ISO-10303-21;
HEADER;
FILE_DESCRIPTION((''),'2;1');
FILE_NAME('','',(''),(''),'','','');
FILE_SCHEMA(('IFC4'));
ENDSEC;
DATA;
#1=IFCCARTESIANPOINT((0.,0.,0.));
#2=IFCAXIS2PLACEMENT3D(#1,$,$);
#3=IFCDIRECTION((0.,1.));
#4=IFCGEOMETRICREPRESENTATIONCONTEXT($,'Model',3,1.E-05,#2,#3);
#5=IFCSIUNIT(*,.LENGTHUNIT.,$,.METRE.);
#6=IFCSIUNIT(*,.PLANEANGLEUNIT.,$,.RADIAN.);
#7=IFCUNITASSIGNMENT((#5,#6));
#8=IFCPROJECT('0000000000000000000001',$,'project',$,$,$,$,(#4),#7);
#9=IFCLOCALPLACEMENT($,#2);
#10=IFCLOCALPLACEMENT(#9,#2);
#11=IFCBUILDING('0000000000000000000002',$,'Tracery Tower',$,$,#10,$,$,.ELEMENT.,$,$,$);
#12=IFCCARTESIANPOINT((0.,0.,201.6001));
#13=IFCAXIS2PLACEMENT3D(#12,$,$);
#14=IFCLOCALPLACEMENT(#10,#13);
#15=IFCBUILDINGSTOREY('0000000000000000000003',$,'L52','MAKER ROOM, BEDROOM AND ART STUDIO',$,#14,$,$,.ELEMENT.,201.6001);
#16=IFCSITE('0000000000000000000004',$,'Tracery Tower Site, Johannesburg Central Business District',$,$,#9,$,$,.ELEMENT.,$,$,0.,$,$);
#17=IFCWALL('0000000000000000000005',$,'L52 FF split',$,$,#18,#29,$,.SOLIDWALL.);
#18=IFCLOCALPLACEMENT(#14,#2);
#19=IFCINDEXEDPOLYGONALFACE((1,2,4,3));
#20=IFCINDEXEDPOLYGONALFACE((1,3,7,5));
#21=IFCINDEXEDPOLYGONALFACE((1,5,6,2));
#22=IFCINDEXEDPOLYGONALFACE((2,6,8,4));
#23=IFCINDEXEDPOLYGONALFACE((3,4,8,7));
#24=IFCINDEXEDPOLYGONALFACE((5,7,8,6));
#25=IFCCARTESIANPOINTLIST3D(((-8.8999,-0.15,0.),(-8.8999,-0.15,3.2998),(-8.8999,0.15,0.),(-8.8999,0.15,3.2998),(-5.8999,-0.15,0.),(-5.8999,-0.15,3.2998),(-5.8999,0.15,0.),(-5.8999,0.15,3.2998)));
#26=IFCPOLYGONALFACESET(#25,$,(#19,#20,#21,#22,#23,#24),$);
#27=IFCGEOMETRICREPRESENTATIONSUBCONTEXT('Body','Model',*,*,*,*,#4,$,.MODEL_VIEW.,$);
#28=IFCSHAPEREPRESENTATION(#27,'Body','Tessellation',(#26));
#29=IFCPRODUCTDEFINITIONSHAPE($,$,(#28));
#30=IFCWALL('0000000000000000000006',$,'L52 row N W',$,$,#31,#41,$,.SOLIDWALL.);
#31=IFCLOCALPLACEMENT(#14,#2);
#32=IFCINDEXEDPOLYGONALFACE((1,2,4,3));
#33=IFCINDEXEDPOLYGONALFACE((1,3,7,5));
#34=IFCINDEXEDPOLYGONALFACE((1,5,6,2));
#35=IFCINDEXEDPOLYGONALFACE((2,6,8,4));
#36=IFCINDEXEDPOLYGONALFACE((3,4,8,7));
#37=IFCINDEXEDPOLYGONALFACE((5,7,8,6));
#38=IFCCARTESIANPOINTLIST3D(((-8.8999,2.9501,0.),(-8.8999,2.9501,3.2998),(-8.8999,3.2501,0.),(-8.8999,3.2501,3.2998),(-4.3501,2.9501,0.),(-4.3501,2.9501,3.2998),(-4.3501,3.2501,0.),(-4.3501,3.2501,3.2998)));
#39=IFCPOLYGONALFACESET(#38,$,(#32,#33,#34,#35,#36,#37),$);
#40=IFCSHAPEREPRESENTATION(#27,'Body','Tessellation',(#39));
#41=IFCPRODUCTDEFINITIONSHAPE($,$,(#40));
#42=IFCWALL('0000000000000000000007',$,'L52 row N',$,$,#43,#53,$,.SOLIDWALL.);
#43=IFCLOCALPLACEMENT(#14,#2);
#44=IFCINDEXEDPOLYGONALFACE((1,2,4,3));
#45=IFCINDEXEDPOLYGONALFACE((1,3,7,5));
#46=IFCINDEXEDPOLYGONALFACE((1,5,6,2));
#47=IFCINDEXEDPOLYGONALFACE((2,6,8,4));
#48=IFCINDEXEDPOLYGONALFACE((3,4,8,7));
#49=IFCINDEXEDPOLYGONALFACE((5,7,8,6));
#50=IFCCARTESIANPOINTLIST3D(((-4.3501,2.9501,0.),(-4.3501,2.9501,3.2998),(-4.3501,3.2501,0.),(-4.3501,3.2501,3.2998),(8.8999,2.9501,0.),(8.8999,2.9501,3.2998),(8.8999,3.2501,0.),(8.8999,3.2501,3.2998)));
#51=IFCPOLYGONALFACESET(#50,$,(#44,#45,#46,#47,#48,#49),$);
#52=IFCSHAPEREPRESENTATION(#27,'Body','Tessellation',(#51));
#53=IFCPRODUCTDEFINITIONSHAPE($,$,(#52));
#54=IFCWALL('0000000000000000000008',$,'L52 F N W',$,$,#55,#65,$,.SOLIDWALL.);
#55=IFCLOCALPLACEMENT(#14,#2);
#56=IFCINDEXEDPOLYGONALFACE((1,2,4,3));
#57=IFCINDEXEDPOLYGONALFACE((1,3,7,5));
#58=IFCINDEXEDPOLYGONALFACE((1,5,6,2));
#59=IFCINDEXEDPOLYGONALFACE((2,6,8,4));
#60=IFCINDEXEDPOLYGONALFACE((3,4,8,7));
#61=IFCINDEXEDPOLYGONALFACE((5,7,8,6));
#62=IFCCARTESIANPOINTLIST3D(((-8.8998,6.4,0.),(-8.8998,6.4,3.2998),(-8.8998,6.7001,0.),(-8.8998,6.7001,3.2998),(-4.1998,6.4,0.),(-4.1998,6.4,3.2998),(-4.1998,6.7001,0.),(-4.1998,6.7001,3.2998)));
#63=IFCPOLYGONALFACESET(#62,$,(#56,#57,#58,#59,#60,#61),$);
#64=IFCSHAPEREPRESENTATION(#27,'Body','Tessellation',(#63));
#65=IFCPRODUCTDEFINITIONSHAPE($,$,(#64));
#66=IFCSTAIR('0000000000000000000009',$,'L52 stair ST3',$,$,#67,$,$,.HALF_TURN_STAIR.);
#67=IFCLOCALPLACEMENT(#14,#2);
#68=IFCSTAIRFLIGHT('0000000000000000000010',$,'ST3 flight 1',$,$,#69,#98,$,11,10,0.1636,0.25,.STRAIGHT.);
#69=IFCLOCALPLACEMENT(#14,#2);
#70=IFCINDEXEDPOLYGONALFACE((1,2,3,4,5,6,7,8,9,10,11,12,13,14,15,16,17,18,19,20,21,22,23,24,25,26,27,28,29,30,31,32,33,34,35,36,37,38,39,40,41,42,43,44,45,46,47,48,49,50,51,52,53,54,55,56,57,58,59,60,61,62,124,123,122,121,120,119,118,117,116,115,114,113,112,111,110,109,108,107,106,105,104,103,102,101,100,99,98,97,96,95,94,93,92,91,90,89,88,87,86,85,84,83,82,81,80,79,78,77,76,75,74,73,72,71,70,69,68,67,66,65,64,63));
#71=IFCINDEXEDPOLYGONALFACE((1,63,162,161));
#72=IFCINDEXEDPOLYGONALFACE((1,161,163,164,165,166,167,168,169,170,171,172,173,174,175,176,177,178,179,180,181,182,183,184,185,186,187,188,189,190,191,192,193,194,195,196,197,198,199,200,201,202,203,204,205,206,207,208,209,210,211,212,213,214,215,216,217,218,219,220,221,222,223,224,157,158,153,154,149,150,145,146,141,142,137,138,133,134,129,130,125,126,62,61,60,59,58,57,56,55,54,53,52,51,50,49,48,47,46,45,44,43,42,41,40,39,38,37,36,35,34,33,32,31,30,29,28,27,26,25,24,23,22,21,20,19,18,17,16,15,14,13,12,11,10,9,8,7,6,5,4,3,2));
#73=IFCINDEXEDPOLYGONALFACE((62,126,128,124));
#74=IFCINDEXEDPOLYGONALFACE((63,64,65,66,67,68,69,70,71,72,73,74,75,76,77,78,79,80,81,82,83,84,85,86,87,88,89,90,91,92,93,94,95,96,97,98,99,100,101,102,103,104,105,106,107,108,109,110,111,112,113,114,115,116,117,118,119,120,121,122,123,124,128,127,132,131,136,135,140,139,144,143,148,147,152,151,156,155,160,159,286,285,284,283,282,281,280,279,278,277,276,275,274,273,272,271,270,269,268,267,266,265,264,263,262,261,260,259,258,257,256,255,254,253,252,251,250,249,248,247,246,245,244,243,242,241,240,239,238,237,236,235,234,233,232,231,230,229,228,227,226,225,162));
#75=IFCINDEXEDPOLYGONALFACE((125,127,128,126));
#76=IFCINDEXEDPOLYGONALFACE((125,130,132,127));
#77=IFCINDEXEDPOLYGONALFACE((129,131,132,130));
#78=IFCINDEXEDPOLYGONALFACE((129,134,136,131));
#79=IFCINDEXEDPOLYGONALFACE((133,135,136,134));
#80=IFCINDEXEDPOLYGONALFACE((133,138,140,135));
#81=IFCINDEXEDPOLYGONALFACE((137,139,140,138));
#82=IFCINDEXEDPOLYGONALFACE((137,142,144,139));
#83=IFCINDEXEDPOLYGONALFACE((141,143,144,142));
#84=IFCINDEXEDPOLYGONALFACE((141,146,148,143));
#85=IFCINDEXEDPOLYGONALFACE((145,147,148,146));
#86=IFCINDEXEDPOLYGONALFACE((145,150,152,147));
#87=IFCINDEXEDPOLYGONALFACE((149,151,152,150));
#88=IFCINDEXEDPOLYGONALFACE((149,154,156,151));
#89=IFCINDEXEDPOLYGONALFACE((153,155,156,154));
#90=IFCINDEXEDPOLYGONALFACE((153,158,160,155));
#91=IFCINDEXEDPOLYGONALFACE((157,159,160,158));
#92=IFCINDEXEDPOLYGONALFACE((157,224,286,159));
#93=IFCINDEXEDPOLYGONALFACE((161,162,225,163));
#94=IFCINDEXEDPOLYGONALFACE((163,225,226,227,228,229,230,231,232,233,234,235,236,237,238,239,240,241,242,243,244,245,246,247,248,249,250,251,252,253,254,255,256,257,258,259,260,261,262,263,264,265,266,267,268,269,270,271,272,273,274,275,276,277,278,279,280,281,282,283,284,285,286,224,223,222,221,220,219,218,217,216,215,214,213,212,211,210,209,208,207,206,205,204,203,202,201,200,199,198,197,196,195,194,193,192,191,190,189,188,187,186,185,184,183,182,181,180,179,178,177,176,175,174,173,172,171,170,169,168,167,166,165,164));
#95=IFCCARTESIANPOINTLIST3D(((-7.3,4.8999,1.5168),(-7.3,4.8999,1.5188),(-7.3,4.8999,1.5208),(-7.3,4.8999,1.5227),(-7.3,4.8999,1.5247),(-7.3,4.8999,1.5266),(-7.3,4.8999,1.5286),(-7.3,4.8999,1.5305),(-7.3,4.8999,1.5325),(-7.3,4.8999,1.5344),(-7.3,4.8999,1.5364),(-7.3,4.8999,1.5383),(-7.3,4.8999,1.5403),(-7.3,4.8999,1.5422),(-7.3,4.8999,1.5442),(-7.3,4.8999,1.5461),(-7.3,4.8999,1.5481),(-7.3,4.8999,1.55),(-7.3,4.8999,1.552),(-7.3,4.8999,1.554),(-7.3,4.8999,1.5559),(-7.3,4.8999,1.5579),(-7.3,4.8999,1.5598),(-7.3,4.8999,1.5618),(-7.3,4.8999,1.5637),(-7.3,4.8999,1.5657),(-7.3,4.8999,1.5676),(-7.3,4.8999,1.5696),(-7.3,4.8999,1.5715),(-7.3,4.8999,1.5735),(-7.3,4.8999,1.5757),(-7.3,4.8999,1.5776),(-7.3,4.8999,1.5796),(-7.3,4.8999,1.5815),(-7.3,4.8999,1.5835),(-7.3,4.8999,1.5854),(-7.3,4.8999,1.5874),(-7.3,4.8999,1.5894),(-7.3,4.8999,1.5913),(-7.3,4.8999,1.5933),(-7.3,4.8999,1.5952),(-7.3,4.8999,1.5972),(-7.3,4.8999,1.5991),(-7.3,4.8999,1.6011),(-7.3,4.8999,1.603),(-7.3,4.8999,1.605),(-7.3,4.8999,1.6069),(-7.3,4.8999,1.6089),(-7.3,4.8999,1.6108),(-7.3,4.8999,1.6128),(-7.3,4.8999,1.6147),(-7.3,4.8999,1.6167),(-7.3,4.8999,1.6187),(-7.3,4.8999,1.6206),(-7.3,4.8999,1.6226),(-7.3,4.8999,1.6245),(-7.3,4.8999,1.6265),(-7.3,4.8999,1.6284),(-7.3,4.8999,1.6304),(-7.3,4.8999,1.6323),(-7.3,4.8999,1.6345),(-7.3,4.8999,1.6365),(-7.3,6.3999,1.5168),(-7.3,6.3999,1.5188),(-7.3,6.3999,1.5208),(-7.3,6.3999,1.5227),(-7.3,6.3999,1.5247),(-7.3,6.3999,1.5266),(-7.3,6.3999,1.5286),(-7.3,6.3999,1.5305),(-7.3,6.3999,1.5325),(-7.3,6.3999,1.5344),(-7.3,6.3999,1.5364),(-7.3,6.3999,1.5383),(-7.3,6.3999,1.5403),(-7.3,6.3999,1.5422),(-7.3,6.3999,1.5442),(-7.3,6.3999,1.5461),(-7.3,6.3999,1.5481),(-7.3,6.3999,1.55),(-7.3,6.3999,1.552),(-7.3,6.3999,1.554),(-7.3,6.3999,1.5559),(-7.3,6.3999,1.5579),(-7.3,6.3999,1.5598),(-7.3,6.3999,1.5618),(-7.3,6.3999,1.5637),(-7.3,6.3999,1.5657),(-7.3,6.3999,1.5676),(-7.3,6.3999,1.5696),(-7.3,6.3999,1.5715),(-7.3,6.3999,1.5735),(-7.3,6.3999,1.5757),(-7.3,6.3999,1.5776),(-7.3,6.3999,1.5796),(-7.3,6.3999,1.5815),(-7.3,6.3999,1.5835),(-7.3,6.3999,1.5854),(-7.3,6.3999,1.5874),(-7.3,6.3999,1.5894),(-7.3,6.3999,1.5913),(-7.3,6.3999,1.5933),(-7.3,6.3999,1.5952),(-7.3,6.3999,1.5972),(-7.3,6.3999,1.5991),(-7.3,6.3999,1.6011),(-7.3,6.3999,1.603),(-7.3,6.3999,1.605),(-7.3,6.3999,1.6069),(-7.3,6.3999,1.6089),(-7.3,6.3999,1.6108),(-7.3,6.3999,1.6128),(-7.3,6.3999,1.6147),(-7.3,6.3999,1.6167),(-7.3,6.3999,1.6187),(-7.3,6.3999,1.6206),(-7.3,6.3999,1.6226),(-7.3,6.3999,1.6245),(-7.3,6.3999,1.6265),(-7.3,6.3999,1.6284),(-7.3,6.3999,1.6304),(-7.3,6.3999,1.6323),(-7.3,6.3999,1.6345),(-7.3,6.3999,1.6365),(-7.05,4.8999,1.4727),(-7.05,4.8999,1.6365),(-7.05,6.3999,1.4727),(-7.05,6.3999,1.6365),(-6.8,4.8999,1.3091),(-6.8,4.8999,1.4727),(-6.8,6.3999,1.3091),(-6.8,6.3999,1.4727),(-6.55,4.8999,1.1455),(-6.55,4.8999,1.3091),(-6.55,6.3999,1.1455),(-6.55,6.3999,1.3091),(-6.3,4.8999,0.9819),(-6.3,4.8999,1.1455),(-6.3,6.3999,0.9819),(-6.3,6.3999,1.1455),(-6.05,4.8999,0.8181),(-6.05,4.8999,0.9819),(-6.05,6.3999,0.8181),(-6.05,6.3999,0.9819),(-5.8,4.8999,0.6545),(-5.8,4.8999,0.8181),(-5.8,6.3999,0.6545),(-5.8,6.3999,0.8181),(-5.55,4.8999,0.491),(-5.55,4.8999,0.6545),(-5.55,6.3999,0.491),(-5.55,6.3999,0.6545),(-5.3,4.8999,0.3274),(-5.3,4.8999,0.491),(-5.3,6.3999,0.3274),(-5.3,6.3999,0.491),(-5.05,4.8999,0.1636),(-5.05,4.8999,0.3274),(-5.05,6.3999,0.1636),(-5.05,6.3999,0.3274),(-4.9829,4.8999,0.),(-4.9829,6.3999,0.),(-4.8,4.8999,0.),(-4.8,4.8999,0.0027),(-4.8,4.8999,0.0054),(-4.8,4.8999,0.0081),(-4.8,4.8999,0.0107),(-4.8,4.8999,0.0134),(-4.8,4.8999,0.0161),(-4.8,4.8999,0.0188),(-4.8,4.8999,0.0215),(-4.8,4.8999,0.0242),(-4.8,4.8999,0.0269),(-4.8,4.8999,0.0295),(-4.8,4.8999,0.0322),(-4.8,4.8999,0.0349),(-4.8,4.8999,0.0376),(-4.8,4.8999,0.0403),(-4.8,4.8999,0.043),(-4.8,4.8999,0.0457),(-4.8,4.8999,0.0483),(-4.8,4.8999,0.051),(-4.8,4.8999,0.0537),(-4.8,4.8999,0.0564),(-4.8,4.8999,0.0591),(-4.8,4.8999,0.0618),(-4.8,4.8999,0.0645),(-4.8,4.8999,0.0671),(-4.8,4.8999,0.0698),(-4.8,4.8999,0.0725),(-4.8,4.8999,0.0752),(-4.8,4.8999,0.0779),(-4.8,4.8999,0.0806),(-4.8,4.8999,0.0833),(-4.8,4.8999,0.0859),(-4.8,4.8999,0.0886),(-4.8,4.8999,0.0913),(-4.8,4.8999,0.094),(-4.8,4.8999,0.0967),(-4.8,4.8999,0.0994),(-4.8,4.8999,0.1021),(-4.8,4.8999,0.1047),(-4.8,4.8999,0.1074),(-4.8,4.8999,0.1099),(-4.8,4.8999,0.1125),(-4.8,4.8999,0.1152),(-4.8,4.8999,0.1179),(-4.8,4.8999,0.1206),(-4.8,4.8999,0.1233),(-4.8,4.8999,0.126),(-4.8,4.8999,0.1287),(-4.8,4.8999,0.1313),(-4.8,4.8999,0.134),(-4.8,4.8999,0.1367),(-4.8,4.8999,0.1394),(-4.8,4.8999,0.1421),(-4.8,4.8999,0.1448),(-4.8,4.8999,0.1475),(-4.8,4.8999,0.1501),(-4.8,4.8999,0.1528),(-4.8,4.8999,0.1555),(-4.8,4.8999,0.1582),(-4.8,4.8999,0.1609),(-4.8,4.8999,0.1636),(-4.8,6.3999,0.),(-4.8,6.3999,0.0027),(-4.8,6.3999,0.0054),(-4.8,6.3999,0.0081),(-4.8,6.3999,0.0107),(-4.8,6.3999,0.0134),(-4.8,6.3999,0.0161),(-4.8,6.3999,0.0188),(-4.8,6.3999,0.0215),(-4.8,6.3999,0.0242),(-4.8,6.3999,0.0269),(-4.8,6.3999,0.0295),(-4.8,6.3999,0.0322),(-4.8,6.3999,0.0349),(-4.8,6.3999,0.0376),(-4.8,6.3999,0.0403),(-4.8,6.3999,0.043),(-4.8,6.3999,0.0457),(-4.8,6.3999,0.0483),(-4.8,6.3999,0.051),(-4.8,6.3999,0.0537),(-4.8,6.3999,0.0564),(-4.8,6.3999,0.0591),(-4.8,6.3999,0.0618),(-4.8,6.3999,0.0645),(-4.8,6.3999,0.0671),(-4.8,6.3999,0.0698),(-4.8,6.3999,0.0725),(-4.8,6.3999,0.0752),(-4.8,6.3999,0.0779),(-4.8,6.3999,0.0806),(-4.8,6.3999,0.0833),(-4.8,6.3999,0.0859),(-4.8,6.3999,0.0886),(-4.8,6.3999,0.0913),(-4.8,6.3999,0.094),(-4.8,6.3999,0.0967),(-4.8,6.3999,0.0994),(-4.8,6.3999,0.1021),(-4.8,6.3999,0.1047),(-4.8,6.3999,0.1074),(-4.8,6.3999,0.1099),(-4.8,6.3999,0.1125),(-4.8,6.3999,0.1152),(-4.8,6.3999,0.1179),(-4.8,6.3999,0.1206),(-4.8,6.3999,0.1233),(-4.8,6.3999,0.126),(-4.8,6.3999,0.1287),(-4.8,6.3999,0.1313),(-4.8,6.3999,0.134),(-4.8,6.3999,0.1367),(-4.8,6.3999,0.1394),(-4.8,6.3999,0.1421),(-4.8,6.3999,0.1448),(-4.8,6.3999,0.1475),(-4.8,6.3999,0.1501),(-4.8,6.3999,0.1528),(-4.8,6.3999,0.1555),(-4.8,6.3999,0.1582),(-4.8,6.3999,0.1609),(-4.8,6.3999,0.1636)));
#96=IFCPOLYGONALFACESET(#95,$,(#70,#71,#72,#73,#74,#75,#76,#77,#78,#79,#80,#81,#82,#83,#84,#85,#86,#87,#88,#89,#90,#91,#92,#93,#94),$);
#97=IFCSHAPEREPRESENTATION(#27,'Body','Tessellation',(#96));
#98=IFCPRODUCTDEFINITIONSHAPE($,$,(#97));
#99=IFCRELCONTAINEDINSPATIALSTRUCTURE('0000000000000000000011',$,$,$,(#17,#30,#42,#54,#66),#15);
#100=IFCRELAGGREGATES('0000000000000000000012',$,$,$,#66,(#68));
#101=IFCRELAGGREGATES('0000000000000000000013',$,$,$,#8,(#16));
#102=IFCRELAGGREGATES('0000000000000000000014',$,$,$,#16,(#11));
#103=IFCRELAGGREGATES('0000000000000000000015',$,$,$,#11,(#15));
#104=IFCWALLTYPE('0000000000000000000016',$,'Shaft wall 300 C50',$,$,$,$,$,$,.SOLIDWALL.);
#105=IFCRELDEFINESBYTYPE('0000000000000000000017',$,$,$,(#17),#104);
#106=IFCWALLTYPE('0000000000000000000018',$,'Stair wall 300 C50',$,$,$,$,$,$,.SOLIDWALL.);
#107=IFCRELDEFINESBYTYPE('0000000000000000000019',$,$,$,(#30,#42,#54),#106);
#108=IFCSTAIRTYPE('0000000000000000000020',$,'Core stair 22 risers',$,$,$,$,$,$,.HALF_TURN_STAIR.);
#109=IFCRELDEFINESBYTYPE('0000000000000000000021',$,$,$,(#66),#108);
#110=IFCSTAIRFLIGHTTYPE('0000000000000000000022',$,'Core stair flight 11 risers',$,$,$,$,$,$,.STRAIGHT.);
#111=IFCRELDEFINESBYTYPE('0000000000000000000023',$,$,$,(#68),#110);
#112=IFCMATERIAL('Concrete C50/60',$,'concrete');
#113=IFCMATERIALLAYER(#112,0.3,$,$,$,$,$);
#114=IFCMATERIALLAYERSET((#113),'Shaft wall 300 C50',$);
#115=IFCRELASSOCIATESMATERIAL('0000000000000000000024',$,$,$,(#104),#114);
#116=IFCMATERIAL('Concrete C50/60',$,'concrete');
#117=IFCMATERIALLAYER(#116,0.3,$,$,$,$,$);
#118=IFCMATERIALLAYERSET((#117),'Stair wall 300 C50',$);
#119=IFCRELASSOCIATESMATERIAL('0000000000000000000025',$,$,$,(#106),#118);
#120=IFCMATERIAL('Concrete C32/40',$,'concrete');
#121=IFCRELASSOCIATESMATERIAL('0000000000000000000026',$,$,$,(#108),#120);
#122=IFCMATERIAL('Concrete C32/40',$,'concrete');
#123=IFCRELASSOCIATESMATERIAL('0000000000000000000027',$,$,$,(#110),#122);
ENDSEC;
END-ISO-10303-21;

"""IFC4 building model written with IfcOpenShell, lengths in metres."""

from ifc_helpers import new_model, si_unit, direction, frame, frame_2d, origin, place, context, subcontext, project, spatial, polyline, rectangle, outline, extrude, material, layer, layer_set, type_object, element, aggregate, save


model = new_model("IFC4")

# Units and contexts
model_context = context("Model", 3, precision=1e-05, world=origin(), true_north=direction((0.0, 1.0)))
body_context = subcontext(model_context, "Body", "Model", "MODEL_VIEW")
ifc_project = project(units=[si_unit("LENGTHUNIT", "METRE"), si_unit("PLANEANGLEUNIT", "RADIAN")], contexts=[model_context])

# Site, building, storey
site_placement = place(None, origin())
site = spatial("IfcSite", under=ifc_project, at=site_placement, Name="Tracery Tower Site, Johannesburg Central Business District", CompositionType="ELEMENT", RefElevation=0.0)
building_placement = place(site_placement, origin())
building = spatial("IfcBuilding", under=site, at=building_placement, Name="Tracery Tower", CompositionType="ELEMENT")
storey_placement = place(building_placement, frame((0.0, 0.0, 201.6001)))
storey = spatial("IfcBuildingStorey", under=building, at=storey_placement, Name="L52", Description="MAKER ROOM, BEDROOM AND ART STUDIO", CompositionType="ELEMENT", Elevation=201.6001)

# Wall
ifc_material_1 = material(Name="Concrete C50/60", Category="concrete")
ifc_layer_1 = layer(ifc_material_1, 0.3)
ifc_layer_set_1 = layer_set([ifc_layer_1], Name="Shaft wall 300 C50")
wall_type_1 = type_object("IfcWallType", Name="Shaft wall 300 C50", PredefinedType="SOLIDWALL", material=ifc_layer_set_1)
wall_1_placement = place(storey_placement, frame((-8.8999, 0.0, 0.0), z_axis=(0.0, 0.0, 1.0), x_axis=(1.0, 0.0, 0.0)))
element("IfcWall", 1, at=wall_1_placement, inside=storey, type_object=wall_type_1, Name="L52 FF split", PredefinedType="SOLIDWALL", context=body_context, shape_type="SweptSolid", body=[
    extrude(rectangle(XDim=3.0, YDim=0.3, at=frame_2d((1.5, 0.0))), origin(), (0.0, 0.0, 1.0), 3.2998),
])

# Walls
ifc_material_2 = material(Name="Concrete C50/60", Category="concrete")
ifc_layer_2 = layer(ifc_material_2, 0.3)
ifc_layer_set_2 = layer_set([ifc_layer_2], Name="Stair wall 300 C50")
wall_type_2 = type_object("IfcWallType", Name="Stair wall 300 C50", PredefinedType="SOLIDWALL", material=ifc_layer_set_2)
wall_2_placement = place(storey_placement, frame((-8.8999, 3.1001, 0.0), z_axis=(0.0, 0.0, 1.0), x_axis=(1.0, 0.0, 0.0)))
element("IfcWall", 2, at=wall_2_placement, inside=storey, type_object=wall_type_2, Name="L52 row N W", PredefinedType="SOLIDWALL", context=body_context, shape_type="SweptSolid", body=[
    extrude(rectangle(XDim=4.5498, YDim=0.3, at=frame_2d((2.2749, 0.0))), origin(), (0.0, 0.0, 1.0), 3.2998),
])
wall_3_placement = place(storey_placement, frame((-4.3501, 3.1001, 0.0), z_axis=(0.0, 0.0, 1.0), x_axis=(1.0, 0.0, 0.0)))
element("IfcWall", 3, at=wall_3_placement, inside=storey, type_object=wall_type_2, Name="L52 row N", PredefinedType="SOLIDWALL", context=body_context, shape_type="SweptSolid", body=[
    extrude(rectangle(XDim=13.25, YDim=0.3, at=frame_2d((6.625, 0.0))), origin(), (0.0, 0.0, 1.0), 3.2998),
])
wall_4_placement = place(storey_placement, frame((-8.8999, 6.55, 0.0), z_axis=(0.0, 0.0, 1.0), x_axis=(1.0, 0.0, 0.0)))
element("IfcWall", 4, at=wall_4_placement, inside=storey, type_object=wall_type_2, Name="L52 F N W", PredefinedType="SOLIDWALL", context=body_context, shape_type="SweptSolid", body=[
    extrude(rectangle(XDim=4.7, YDim=0.3, at=frame_2d((2.3501, 0.0))), origin(), (0.0, 0.0, 1.0), 3.2998),
])

# Stair, stair flight
ifc_material_3 = material(Name="Concrete C32/40", Category="concrete")
stair_type = type_object("IfcStairType", Name="Core stair 22 risers", PredefinedType="HALF_TURN_STAIR", material=ifc_material_3)
stair_placement = place(storey_placement, origin())
stair = element("IfcStair", 5, at=stair_placement, inside=storey, type_object=stair_type, Name="L52 stair ST3", PredefinedType="HALF_TURN_STAIR")
ifc_material_4 = material(Name="Concrete C32/40", Category="concrete")
stair_flight_type = type_object("IfcStairFlightType", Name="Core stair flight 11 risers", PredefinedType="STRAIGHT", material=ifc_material_4)
stair_flight_1_placement = place(storey_placement, frame((-4.8, 5.6499, 0.0), z_axis=(0.0, 0.0, 1.0), x_axis=(-1.0, 0.0, 0.0)))
stair_flight_1 = element("IfcStairFlight", 6, at=stair_flight_1_placement, type_object=stair_flight_type, Name="ST3 flight 1", NumberOfRisers=11, NumberOfTreads=10, PredefinedType="STRAIGHT", RiserHeight=0.1636, TreadLength=0.25, context=body_context, shape_type="SweptSolid", body=[
    extrude(outline(polyline([(0.0, 0.0), (0.0, 0.0027), (0.0, 0.0054), (0.0, 0.0081), (0.0, 0.0107), (0.0, 0.0134), (0.0, 0.0161), (0.0, 0.0188), (0.0, 0.0215), (0.0, 0.0242), (0.0, 0.0269), (0.0, 0.0295), (0.0, 0.0322), (0.0, 0.0349), (0.0, 0.0376), (0.0, 0.0403), (0.0, 0.043), (0.0, 0.0457), (0.0, 0.0483), (0.0, 0.051), (0.0, 0.0537), (0.0, 0.0564), (0.0, 0.0591), (0.0, 0.0618), (0.0, 0.0645), (0.0, 0.0671), (0.0, 0.0698), (0.0, 0.0725), (0.0, 0.0752), (0.0, 0.0779), (0.0, 0.0806), (0.0, 0.0833), (0.0, 0.0859), (0.0, 0.0886), (0.0, 0.0913), (0.0, 0.094), (0.0, 0.0967), (0.0, 0.0994), (0.0, 0.1021), (0.0, 0.1047), (0.0, 0.1074), (0.0, 0.1099), (0.0, 0.1125), (0.0, 0.1152), (0.0, 0.1179), (0.0, 0.1206), (0.0, 0.1233), (0.0, 0.126), (0.0, 0.1287), (0.0, 0.1313), (0.0, 0.134), (0.0, 0.1367), (0.0, 0.1394), (0.0, 0.1421), (0.0, 0.1448), (0.0, 0.1475), (0.0, 0.1501), (0.0, 0.1528), (0.0, 0.1555), (0.0, 0.1582), (0.0, 0.1609), (0.0, 0.1636), (0.25, 0.1636), (0.25, 0.3274), (0.5, 0.3274), (0.5, 0.491), (0.75, 0.491), (0.75, 0.6545), (1.0, 0.6545), (1.0, 0.8181), (1.25, 0.8181), (1.25, 0.9819), (1.5, 0.9819), (1.5, 1.1455), (1.75, 1.1455), (1.75, 1.3091), (2.0, 1.3091), (2.0, 1.4727), (2.25, 1.4727), (2.25, 1.6365), (2.5, 1.6365), (2.5, 1.6345), (2.5, 1.6323), (2.5, 1.6304), (2.5, 1.6284), (2.5, 1.6265), (2.5, 1.6245), (2.5, 1.6226), (2.5, 1.6206), (2.5, 1.6187), (2.5, 1.6167), (2.5, 1.6147), (2.5, 1.6128), (2.5, 1.6108), (2.5, 1.6089), (2.5, 1.6069), (2.5, 1.605), (2.5, 1.603), (2.5, 1.6011), (2.5, 1.5991), (2.5, 1.5972), (2.5, 1.5952), (2.5, 1.5933), (2.5, 1.5913), (2.5, 1.5894), (2.5, 1.5874), (2.5, 1.5854), (2.5, 1.5835), (2.5, 1.5815), (2.5, 1.5796), (2.5, 1.5776), (2.5, 1.5757), (2.5, 1.5735), (2.5, 1.5715), (2.5, 1.5696), (2.5, 1.5676), (2.5, 1.5657), (2.5, 1.5637), (2.5, 1.5618), (2.5, 1.5598), (2.5, 1.5579), (2.5, 1.5559), (2.5, 1.554), (2.5, 1.552), (2.5, 1.55), (2.5, 1.5481), (2.5, 1.5461), (2.5, 1.5442), (2.5, 1.5422), (2.5, 1.5403), (2.5, 1.5383), (2.5, 1.5364), (2.5, 1.5344), (2.5, 1.5325), (2.5, 1.5305), (2.5, 1.5286), (2.5, 1.5266), (2.5, 1.5247), (2.5, 1.5227), (2.5, 1.5208), (2.5, 1.5188), (2.5, 1.5168), (0.1829, 0.0), (0.0, 0.0)])), frame((0.0, 0.75, 0.0), z_axis=(0.0, -1.0, 0.0), x_axis=(1.0, 0.0, 0.0)), (0.0, 0.0, 1.0), 1.5),
])
aggregate(stair, [stair_flight_1])

save(model, "model.ifc")
